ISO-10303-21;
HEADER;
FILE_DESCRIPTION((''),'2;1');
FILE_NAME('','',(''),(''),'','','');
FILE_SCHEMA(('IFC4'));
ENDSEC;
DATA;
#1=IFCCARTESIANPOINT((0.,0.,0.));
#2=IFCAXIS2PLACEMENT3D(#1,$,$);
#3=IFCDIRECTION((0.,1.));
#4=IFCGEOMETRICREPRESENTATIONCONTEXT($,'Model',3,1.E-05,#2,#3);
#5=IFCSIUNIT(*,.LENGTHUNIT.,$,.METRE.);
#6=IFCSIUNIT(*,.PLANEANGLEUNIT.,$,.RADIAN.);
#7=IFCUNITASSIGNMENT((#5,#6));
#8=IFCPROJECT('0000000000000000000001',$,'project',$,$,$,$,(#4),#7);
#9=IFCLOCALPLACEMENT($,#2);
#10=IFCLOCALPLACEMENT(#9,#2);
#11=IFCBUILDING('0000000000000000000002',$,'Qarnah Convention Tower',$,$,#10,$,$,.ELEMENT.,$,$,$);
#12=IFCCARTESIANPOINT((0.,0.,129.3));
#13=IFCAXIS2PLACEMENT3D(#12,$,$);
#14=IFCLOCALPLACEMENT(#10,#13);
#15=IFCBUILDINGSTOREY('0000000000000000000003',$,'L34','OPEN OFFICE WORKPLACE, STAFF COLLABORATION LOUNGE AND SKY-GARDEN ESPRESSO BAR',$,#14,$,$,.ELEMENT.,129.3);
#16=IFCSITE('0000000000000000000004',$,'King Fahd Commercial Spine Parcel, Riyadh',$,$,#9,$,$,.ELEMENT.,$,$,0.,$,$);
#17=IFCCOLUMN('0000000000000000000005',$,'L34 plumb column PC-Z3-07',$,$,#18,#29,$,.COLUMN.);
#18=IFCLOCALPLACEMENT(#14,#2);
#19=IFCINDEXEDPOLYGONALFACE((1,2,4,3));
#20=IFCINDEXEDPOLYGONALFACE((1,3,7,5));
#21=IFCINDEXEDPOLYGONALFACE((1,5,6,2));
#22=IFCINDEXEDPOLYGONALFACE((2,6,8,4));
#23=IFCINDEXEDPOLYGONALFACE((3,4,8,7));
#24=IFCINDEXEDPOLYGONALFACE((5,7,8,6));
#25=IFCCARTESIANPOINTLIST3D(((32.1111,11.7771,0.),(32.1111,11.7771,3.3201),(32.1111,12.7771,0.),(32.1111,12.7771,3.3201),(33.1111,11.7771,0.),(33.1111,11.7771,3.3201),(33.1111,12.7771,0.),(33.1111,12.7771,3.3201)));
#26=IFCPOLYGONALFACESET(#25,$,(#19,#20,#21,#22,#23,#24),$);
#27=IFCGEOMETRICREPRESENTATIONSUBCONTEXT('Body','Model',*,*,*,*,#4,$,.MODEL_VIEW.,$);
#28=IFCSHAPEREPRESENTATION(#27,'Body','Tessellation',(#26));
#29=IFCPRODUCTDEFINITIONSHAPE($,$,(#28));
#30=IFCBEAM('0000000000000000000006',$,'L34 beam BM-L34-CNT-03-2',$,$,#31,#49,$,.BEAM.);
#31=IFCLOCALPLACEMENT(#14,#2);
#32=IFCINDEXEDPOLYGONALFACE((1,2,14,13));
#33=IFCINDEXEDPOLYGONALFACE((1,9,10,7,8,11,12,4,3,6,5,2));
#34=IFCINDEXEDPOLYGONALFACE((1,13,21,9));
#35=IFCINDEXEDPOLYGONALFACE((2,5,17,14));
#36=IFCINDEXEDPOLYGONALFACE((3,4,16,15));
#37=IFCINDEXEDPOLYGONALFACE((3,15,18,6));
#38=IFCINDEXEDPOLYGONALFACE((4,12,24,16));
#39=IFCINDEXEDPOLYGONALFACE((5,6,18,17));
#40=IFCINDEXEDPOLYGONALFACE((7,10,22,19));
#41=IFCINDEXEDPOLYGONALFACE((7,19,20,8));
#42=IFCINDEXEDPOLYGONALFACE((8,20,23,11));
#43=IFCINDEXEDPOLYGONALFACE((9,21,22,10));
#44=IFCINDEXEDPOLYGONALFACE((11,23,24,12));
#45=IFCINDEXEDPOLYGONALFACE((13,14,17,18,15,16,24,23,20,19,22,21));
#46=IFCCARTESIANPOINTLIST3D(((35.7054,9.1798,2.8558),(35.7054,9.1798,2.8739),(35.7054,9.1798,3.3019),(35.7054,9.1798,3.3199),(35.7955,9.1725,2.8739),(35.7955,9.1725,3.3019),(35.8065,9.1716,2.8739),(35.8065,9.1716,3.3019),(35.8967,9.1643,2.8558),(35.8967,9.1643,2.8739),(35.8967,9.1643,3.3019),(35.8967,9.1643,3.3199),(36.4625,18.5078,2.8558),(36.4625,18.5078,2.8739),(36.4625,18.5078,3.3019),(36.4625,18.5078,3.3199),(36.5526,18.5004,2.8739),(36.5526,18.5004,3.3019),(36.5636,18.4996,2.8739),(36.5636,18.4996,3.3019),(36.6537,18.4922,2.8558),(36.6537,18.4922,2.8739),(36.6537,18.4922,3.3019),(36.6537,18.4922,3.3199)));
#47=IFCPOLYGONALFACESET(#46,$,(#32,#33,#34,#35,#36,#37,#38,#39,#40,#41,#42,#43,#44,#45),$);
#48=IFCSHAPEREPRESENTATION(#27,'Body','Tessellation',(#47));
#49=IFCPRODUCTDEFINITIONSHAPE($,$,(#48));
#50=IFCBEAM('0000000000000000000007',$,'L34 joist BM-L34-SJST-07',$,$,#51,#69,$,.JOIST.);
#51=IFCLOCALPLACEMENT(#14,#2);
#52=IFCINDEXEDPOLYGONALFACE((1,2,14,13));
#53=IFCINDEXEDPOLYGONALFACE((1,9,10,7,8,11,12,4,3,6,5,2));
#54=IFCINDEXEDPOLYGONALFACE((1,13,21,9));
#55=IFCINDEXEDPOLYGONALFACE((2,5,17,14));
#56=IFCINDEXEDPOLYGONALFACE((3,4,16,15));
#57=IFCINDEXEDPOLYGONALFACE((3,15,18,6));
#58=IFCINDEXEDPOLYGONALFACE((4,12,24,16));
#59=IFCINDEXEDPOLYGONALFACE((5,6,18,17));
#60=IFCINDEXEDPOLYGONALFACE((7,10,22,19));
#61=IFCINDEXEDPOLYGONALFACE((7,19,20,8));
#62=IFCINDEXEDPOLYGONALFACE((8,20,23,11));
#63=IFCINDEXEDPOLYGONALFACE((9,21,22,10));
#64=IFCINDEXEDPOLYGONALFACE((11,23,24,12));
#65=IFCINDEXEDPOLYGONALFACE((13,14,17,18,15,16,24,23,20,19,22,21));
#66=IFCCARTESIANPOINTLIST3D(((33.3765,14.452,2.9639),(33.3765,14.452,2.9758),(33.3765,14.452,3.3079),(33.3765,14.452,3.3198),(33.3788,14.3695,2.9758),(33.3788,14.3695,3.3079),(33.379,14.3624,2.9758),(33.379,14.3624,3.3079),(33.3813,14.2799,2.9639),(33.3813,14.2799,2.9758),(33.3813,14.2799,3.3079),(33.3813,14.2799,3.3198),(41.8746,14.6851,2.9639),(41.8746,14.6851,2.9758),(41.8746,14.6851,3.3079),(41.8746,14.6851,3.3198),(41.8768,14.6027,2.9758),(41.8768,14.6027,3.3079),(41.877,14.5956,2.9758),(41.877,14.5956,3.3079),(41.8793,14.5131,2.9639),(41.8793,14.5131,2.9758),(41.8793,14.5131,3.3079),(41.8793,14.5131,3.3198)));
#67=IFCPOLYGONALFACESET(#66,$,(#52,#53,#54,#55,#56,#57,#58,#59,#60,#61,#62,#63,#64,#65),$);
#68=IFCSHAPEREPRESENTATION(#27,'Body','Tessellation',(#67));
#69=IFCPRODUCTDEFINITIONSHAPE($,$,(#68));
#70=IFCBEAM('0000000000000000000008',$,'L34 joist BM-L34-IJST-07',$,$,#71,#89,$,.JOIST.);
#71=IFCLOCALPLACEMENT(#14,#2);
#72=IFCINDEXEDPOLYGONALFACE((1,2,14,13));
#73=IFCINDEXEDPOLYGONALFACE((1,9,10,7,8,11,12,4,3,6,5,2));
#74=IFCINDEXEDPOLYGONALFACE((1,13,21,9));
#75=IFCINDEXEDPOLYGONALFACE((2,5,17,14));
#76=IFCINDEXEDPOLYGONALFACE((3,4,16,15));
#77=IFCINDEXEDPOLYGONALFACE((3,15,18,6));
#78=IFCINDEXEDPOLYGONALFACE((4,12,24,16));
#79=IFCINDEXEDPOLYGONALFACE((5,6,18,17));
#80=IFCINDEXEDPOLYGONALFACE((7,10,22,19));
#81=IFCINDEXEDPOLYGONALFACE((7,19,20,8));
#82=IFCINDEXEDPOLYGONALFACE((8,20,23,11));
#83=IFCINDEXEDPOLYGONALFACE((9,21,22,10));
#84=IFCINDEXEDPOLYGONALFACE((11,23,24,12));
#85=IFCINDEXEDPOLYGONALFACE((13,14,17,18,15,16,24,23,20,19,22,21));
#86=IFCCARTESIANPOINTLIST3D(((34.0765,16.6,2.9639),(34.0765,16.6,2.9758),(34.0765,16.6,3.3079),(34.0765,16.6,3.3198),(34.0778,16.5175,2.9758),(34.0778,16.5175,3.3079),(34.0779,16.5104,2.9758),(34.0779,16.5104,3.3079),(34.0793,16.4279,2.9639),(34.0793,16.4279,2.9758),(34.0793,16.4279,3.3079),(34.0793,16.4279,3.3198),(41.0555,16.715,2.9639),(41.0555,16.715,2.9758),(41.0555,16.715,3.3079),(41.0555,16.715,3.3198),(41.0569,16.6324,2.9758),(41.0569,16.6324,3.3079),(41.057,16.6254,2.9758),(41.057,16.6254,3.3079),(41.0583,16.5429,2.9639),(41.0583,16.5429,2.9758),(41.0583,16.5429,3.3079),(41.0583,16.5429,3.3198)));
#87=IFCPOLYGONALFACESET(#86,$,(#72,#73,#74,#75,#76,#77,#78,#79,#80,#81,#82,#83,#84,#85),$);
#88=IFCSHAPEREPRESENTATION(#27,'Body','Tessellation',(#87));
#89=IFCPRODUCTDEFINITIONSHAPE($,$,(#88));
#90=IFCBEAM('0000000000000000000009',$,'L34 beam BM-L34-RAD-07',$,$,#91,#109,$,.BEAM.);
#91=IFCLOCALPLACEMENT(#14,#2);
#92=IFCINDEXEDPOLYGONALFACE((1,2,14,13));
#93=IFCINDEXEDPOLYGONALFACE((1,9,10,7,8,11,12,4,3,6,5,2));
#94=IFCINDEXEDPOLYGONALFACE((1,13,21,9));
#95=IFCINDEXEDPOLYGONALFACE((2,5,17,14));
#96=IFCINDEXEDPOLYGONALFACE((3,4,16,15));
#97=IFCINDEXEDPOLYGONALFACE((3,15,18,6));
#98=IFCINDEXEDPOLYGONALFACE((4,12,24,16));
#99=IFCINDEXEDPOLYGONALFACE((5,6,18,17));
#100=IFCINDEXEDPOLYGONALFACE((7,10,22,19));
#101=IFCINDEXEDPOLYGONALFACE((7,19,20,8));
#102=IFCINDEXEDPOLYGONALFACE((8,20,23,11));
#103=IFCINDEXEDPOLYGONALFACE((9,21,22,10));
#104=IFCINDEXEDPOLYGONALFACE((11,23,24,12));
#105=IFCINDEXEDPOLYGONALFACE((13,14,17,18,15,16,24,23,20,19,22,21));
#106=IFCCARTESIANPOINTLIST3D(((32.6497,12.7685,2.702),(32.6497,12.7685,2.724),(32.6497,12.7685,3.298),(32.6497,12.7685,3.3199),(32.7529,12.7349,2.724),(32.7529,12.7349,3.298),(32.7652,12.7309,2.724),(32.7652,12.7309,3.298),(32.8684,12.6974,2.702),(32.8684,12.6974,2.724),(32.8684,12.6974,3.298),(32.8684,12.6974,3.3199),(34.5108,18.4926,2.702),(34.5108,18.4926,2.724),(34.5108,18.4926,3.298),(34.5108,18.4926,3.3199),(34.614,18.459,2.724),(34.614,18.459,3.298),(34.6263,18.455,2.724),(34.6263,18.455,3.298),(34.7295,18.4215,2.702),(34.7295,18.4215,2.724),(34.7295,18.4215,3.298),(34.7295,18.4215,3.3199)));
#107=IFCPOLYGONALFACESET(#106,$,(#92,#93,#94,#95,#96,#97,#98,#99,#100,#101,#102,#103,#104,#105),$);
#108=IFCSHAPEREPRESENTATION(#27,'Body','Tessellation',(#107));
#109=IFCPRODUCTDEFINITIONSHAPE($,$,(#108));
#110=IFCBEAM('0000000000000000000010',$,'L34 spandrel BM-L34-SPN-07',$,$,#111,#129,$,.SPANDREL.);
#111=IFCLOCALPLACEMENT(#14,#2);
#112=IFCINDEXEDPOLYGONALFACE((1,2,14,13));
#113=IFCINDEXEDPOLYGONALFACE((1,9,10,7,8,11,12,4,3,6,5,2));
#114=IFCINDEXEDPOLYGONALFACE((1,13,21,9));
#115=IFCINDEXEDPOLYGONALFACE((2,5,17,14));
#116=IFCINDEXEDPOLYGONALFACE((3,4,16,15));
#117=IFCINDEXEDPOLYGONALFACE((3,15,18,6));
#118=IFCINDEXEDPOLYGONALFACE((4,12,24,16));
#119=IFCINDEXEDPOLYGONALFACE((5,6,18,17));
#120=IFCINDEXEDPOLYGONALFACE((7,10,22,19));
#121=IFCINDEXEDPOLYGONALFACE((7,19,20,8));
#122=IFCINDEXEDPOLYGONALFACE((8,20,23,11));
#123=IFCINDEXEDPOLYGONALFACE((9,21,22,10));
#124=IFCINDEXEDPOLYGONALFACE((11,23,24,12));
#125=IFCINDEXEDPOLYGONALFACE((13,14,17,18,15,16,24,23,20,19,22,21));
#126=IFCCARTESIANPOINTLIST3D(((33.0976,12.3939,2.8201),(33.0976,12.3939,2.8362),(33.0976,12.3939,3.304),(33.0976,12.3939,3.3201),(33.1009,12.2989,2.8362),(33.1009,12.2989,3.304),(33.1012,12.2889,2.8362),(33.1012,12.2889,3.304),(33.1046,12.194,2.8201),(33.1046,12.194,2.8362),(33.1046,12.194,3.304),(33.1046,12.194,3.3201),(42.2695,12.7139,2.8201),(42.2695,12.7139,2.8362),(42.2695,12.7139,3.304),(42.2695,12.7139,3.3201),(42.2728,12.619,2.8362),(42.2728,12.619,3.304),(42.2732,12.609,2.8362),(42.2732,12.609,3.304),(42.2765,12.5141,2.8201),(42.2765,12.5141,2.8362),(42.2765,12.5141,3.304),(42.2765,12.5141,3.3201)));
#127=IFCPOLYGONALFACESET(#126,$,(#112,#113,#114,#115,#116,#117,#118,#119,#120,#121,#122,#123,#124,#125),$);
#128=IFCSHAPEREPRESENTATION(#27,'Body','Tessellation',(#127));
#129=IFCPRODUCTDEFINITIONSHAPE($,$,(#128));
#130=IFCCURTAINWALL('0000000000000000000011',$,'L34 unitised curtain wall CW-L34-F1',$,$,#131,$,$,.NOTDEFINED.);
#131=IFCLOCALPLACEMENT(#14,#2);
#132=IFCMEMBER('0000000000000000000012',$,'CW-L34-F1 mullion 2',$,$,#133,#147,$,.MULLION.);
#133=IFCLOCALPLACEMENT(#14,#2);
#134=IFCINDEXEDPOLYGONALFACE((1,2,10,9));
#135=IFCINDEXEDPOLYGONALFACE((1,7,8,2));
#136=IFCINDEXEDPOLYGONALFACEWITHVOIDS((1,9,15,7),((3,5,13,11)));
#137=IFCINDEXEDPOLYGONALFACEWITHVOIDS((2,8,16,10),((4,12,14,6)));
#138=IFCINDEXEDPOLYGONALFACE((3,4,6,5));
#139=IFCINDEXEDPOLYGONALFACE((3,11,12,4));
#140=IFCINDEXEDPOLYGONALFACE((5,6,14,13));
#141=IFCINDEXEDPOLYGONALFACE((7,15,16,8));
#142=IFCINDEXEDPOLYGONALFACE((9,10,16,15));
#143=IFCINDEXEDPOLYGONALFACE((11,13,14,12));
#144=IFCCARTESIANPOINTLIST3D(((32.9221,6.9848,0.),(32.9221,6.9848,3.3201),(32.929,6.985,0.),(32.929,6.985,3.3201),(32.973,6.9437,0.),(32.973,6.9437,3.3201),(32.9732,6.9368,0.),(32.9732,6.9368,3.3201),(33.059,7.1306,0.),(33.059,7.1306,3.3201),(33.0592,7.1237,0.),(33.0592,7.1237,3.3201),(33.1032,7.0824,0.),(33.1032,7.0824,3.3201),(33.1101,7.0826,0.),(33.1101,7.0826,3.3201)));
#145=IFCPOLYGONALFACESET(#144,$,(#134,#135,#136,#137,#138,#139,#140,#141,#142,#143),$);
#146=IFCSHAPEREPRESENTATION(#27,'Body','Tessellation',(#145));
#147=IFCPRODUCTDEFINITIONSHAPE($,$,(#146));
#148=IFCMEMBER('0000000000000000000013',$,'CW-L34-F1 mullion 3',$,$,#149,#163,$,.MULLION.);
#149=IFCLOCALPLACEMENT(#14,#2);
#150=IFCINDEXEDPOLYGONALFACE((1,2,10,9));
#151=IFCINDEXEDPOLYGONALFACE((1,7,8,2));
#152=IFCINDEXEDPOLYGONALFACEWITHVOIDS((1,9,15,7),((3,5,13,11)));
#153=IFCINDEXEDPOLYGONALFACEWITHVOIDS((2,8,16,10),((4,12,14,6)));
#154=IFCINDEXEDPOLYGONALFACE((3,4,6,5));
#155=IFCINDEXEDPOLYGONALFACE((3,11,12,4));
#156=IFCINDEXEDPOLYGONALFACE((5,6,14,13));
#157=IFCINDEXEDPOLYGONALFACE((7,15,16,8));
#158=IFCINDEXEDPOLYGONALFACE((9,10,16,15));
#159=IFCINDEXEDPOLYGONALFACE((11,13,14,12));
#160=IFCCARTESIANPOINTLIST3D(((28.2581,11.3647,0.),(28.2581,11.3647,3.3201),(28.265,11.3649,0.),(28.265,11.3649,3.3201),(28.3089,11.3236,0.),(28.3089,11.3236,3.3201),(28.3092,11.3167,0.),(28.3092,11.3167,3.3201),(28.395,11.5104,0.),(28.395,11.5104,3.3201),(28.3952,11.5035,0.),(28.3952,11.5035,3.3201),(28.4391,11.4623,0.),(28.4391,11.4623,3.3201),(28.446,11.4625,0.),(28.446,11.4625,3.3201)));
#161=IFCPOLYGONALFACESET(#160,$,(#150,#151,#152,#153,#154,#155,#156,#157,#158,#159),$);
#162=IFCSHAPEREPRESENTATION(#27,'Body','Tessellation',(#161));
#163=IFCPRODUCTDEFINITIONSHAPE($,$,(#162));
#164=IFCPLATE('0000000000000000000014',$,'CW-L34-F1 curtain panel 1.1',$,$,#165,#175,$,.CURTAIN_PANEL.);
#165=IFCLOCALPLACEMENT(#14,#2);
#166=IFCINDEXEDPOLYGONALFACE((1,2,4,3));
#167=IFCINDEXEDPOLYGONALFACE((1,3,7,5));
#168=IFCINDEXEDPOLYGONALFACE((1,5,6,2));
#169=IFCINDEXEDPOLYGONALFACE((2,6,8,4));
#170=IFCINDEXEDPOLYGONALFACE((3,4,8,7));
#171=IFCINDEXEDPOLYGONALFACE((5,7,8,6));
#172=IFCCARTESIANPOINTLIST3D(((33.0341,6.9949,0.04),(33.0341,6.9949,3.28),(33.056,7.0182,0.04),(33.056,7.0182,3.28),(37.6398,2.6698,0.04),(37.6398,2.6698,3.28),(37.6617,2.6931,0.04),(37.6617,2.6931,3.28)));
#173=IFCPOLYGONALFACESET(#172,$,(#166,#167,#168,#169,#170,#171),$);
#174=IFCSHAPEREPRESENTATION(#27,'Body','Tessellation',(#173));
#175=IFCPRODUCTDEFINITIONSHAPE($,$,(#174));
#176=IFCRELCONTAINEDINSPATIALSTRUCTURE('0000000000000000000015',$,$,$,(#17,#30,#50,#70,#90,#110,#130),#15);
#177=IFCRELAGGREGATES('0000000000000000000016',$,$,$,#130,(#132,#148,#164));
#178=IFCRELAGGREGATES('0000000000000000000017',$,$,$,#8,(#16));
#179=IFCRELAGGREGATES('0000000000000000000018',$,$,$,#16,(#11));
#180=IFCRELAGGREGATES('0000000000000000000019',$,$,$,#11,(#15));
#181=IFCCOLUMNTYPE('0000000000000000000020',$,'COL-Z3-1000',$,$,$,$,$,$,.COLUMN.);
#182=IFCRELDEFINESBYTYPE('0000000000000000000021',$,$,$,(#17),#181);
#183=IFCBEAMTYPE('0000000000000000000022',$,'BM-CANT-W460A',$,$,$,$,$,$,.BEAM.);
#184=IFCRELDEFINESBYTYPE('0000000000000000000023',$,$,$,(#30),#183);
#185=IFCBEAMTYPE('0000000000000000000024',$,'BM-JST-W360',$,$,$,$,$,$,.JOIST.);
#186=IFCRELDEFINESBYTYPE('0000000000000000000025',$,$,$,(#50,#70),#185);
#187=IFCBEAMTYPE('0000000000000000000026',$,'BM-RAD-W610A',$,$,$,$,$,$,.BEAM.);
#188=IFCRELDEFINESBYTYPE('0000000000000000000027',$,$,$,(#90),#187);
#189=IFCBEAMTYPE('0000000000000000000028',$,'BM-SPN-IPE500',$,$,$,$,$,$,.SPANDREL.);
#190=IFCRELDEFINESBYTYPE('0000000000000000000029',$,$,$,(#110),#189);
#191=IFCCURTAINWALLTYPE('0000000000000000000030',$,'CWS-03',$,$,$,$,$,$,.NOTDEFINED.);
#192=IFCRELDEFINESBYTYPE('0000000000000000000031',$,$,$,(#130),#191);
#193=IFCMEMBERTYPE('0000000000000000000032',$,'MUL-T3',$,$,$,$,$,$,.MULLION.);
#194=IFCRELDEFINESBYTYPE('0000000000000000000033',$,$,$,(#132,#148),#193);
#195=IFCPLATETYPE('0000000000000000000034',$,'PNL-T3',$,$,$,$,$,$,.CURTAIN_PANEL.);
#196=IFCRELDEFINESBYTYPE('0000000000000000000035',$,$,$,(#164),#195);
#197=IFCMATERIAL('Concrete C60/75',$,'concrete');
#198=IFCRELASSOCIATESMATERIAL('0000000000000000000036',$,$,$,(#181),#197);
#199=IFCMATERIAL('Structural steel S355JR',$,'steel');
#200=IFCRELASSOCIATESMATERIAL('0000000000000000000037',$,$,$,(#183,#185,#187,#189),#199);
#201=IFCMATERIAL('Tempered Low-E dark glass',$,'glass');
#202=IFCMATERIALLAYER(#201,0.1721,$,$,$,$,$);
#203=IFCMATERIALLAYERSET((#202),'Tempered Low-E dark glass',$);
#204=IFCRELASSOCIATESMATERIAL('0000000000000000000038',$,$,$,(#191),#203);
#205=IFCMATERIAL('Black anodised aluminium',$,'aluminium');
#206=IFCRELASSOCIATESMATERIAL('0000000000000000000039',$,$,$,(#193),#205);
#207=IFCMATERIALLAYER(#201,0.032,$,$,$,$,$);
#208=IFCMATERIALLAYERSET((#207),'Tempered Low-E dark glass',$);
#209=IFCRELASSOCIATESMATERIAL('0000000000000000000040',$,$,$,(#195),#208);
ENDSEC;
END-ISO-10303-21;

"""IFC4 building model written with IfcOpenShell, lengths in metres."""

from ifc_helpers import new_model, si_unit, direction, frame, origin, origin_2d, place, context, subcontext, project, spatial, rectangle, hollow_rectangle, i_section, extrude, material, layer, layer_set, material_profile, profile_set, type_object, element, aggregate, save


model = new_model("IFC4")

# Units and contexts
model_context = context("Model", 3, precision=1e-05, world=origin(), true_north=direction((0.0, 1.0)))
body_context = subcontext(model_context, "Body", "Model", "MODEL_VIEW")
ifc_project = project(units=[si_unit("LENGTHUNIT", "METRE"), si_unit("PLANEANGLEUNIT", "RADIAN")], contexts=[model_context])

# Site, building, storey
site_placement = place(None, origin())
site = spatial("IfcSite", under=ifc_project, at=site_placement, Name="King Fahd Commercial Spine Parcel, Riyadh", CompositionType="ELEMENT", RefElevation=0.0)
building_placement = place(site_placement, origin())
building = spatial("IfcBuilding", under=site, at=building_placement, Name="Qarnah Convention Tower", CompositionType="ELEMENT")
storey_placement = place(building_placement, frame((0.0, 0.0, 129.3)))
storey = spatial("IfcBuildingStorey", under=building, at=storey_placement, Name="L34", Description="OPEN OFFICE WORKPLACE, STAFF COLLABORATION LOUNGE AND SKY-GARDEN ESPRESSO BAR", CompositionType="ELEMENT", Elevation=129.3)

# Column
ifc_material_1 = material(Name="Concrete C60/75", Category="concrete")
ifc_material_profile_1 = material_profile(ifc_material_1, rectangle(XDim=1.0, YDim=1.0, at=origin_2d()), Name="RC-COL-1000X1000")
ifc_profile_set_1 = profile_set([ifc_material_profile_1], Name="Concrete C60/75")
column_type = type_object("IfcColumnType", Name="COL-Z3-1000", PredefinedType="COLUMN", material=ifc_profile_set_1)
column_placement = place(storey_placement, frame((32.6111, 12.2771, 0.0), z_axis=(0.0, 0.0, 1.0), x_axis=(1.0, 0.0, 0.0)))
element("IfcColumn", 1, at=column_placement, inside=storey, type_object=column_type, Name="L34 plumb column PC-Z3-07", PredefinedType="COLUMN", context=body_context, shape_type="SweptSolid", body=[
    extrude(rectangle(XDim=1.0, YDim=1.0, at=origin_2d()), origin(), (0.0, 0.0, 1.0), 3.3201),
])

# Beams
ifc_material_2 = material(Name="Structural steel S355JR", Category="steel")
ifc_material_profile_2 = material_profile(ifc_material_2, i_section(OverallWidth=0.1919, OverallDepth=0.4641, WebThickness=0.011, FlangeThickness=0.0181, at=origin_2d()), Name="W460X89")
ifc_profile_set_2 = profile_set([ifc_material_profile_2], Name="Structural steel S355JR")
beam_type_1 = type_object("IfcBeamType", Name="BM-CANT-W460A", PredefinedType="BEAM", material=ifc_profile_set_2)
beam_1_placement = place(storey_placement, frame((36.5581, 18.5, 3.0879), z_axis=(-0.080897, -0.996722, 0.0), x_axis=(0.996722, -0.080897, 0.0)))
element("IfcBeam", 2, at=beam_1_placement, inside=storey, type_object=beam_type_1, Name="L34 beam BM-L34-CNT-03-2", PredefinedType="BEAM", context=body_context, shape_type="SweptSolid", body=[
    extrude(i_section(OverallWidth=0.1919, OverallDepth=0.4641, WebThickness=0.011, FlangeThickness=0.0181, at=origin_2d()), origin(), (0.0, 0.0, 1.0), 9.3586),
])
ifc_material_profile_3 = material_profile(ifc_material_2, i_section(OverallWidth=0.1721, OverallDepth=0.356, WebThickness=0.0071, FlangeThickness=0.012, at=origin_2d()), Name="W360X51")
ifc_profile_set_3 = profile_set([ifc_material_profile_3], Name="Structural steel S355JR")
beam_type_2 = type_object("IfcBeamType", Name="BM-JST-W360", PredefinedType="JOIST", material=ifc_profile_set_3)
beam_2_placement = place(storey_placement, frame((33.3789, 14.366, 3.1418), z_axis=(0.999624, 0.027426, 0.0), x_axis=(-0.027426, 0.999624, 0.0)))
element("IfcBeam", 3, at=beam_2_placement, inside=storey, type_object=beam_type_2, Name="L34 joist BM-L34-SJST-07", PredefinedType="JOIST", context=body_context, shape_type="SweptSolid", body=[
    extrude(i_section(OverallWidth=0.1721, OverallDepth=0.356, WebThickness=0.0071, FlangeThickness=0.012, at=origin_2d()), origin(), (0.0, 0.0, 1.0), 8.5012),
])
beam_3_placement = place(storey_placement, frame((34.0779, 16.5139, 3.1418), z_axis=(0.999864, 0.016474, 0.0), x_axis=(-0.016474, 0.999864, 0.0)))
element("IfcBeam", 4, at=beam_3_placement, inside=storey, type_object=beam_type_2, Name="L34 joist BM-L34-IJST-07", PredefinedType="JOIST", context=body_context, shape_type="SweptSolid", body=[
    extrude(i_section(OverallWidth=0.1721, OverallDepth=0.356, WebThickness=0.0071, FlangeThickness=0.012, at=origin_2d()), origin(), (0.0, 0.0, 1.0), 6.98),
])
ifc_material_profile_4 = material_profile(ifc_material_2, i_section(OverallWidth=0.23, OverallDepth=0.6179, WebThickness=0.0129, FlangeThickness=0.022, at=origin_2d()), Name="W610X140")
ifc_profile_set_4 = profile_set([ifc_material_profile_4], Name="Structural steel S355JR")
beam_type_3 = type_object("IfcBeamType", Name="BM-RAD-W610A", PredefinedType="BEAM", material=ifc_profile_set_4)
beam_4_placement = place(storey_placement, frame((34.6201, 18.457, 3.011), z_axis=(-0.309198, -0.950998, 0.0), x_axis=(0.950998, -0.309198, 0.0)))
element("IfcBeam", 5, at=beam_4_placement, inside=storey, type_object=beam_type_3, Name="L34 beam BM-L34-RAD-07", PredefinedType="BEAM", context=body_context, shape_type="SweptSolid", body=[
    extrude(i_section(OverallWidth=0.23, OverallDepth=0.6179, WebThickness=0.0129, FlangeThickness=0.022, at=origin_2d()), origin(), (0.0, 0.0, 1.0), 6.019),
])
ifc_material_profile_5 = material_profile(ifc_material_2, i_section(OverallWidth=0.2, OverallDepth=0.5, WebThickness=0.01, FlangeThickness=0.0161, at=origin_2d()), Name="IPE500")
ifc_profile_set_5 = profile_set([ifc_material_profile_5], Name="Structural steel S355JR")
beam_type_4 = type_object("IfcBeamType", Name="BM-SPN-IPE500", PredefinedType="SPANDREL", material=ifc_profile_set_5)
beam_5_placement = place(storey_placement, frame((33.1011, 12.2939, 3.0701), z_axis=(0.999392, 0.034875, 0.0), x_axis=(-0.034875, 0.999392, 0.0)))
element("IfcBeam", 6, at=beam_5_placement, inside=storey, type_object=beam_type_4, Name="L34 spandrel BM-L34-SPN-07", PredefinedType="SPANDREL", context=body_context, shape_type="SweptSolid", body=[
    extrude(i_section(OverallWidth=0.2, OverallDepth=0.5, WebThickness=0.01, FlangeThickness=0.0161, at=origin_2d()), origin(), (0.0, 0.0, 1.0), 9.1775),
])

# Curtain wall, members, plate
ifc_material_3 = material(Name="Tempered Low-E dark glass", Category="glass")
ifc_layer_1 = layer(ifc_material_3, 0.1721)
ifc_layer_set_1 = layer_set([ifc_layer_1], Name="Tempered Low-E dark glass")
curtain_wall_type = type_object("IfcCurtainWallType", Name="CWS-03", PredefinedType="NOTDEFINED", material=ifc_layer_set_1)
curtain_wall_placement = place(storey_placement, origin())
curtain_wall = element("IfcCurtainWall", 7, at=curtain_wall_placement, inside=storey, type_object=curtain_wall_type, Name="L34 unitised curtain wall CW-L34-F1", PredefinedType="NOTDEFINED")
ifc_material_4 = material(Name="Black anodised aluminium", Category="aluminium")
ifc_material_profile_6 = material_profile(ifc_material_4, hollow_rectangle(XDim=0.0701, YDim=0.2, WallThickness=0.0049, at=origin_2d()), Name="MUL-70X200")
ifc_profile_set_6 = profile_set([ifc_material_profile_6], Name="Black anodised aluminium")
member_type = type_object("IfcMemberType", Name="MUL-T3", PredefinedType="MULLION", material=ifc_profile_set_6)
member_1_placement = place(storey_placement, frame((33.0161, 7.0337, 0.0), z_axis=(0.0, 0.0, 1.0), x_axis=(-0.728968, 0.684548, 0.0)))
member_1 = element("IfcMember", 8, at=member_1_placement, type_object=member_type, Name="CW-L34-F1 mullion 2", PredefinedType="MULLION", context=body_context, shape_type="SweptSolid", body=[
    extrude(hollow_rectangle(XDim=0.0701, YDim=0.2, WallThickness=0.0049, at=origin_2d()), origin(), (0.0, 0.0, 1.0), 3.3201),
])
member_2_placement = place(storey_placement, frame((28.3521, 11.4136, 0.0), z_axis=(0.0, 0.0, 1.0), x_axis=(-0.728968, 0.684548, 0.0)))
member_2 = element("IfcMember", 9, at=member_2_placement, type_object=member_type, Name="CW-L34-F1 mullion 3", PredefinedType="MULLION", context=body_context, shape_type="SweptSolid", body=[
    extrude(hollow_rectangle(XDim=0.0701, YDim=0.2, WallThickness=0.0049, at=origin_2d()), origin(), (0.0, 0.0, 1.0), 3.3201),
])
ifc_layer_2 = layer(ifc_material_3, 0.032)
ifc_layer_set_2 = layer_set([ifc_layer_2], Name="Tempered Low-E dark glass")
plate_type = type_object("IfcPlateType", Name="PNL-T3", PredefinedType="CURTAIN_PANEL", material=ifc_layer_set_2)
plate_1_placement = place(storey_placement, frame((35.3479, 4.844, 0.04), z_axis=(0.0, 0.0, 1.0), x_axis=(-0.728968, 0.684548, 0.0)))
plate_1 = element("IfcPlate", 10, at=plate_1_placement, type_object=plate_type, Name="CW-L34-F1 curtain panel 1.1", PredefinedType="CURTAIN_PANEL", context=body_context, shape_type="SweptSolid", body=[
    extrude(rectangle(XDim=6.3181, YDim=0.032, at=origin_2d()), origin(), (0.0, 0.0, 1.0), 3.24),
])
aggregate(curtain_wall, [member_1, member_2, plate_1])

save(model, "model.ifc")
